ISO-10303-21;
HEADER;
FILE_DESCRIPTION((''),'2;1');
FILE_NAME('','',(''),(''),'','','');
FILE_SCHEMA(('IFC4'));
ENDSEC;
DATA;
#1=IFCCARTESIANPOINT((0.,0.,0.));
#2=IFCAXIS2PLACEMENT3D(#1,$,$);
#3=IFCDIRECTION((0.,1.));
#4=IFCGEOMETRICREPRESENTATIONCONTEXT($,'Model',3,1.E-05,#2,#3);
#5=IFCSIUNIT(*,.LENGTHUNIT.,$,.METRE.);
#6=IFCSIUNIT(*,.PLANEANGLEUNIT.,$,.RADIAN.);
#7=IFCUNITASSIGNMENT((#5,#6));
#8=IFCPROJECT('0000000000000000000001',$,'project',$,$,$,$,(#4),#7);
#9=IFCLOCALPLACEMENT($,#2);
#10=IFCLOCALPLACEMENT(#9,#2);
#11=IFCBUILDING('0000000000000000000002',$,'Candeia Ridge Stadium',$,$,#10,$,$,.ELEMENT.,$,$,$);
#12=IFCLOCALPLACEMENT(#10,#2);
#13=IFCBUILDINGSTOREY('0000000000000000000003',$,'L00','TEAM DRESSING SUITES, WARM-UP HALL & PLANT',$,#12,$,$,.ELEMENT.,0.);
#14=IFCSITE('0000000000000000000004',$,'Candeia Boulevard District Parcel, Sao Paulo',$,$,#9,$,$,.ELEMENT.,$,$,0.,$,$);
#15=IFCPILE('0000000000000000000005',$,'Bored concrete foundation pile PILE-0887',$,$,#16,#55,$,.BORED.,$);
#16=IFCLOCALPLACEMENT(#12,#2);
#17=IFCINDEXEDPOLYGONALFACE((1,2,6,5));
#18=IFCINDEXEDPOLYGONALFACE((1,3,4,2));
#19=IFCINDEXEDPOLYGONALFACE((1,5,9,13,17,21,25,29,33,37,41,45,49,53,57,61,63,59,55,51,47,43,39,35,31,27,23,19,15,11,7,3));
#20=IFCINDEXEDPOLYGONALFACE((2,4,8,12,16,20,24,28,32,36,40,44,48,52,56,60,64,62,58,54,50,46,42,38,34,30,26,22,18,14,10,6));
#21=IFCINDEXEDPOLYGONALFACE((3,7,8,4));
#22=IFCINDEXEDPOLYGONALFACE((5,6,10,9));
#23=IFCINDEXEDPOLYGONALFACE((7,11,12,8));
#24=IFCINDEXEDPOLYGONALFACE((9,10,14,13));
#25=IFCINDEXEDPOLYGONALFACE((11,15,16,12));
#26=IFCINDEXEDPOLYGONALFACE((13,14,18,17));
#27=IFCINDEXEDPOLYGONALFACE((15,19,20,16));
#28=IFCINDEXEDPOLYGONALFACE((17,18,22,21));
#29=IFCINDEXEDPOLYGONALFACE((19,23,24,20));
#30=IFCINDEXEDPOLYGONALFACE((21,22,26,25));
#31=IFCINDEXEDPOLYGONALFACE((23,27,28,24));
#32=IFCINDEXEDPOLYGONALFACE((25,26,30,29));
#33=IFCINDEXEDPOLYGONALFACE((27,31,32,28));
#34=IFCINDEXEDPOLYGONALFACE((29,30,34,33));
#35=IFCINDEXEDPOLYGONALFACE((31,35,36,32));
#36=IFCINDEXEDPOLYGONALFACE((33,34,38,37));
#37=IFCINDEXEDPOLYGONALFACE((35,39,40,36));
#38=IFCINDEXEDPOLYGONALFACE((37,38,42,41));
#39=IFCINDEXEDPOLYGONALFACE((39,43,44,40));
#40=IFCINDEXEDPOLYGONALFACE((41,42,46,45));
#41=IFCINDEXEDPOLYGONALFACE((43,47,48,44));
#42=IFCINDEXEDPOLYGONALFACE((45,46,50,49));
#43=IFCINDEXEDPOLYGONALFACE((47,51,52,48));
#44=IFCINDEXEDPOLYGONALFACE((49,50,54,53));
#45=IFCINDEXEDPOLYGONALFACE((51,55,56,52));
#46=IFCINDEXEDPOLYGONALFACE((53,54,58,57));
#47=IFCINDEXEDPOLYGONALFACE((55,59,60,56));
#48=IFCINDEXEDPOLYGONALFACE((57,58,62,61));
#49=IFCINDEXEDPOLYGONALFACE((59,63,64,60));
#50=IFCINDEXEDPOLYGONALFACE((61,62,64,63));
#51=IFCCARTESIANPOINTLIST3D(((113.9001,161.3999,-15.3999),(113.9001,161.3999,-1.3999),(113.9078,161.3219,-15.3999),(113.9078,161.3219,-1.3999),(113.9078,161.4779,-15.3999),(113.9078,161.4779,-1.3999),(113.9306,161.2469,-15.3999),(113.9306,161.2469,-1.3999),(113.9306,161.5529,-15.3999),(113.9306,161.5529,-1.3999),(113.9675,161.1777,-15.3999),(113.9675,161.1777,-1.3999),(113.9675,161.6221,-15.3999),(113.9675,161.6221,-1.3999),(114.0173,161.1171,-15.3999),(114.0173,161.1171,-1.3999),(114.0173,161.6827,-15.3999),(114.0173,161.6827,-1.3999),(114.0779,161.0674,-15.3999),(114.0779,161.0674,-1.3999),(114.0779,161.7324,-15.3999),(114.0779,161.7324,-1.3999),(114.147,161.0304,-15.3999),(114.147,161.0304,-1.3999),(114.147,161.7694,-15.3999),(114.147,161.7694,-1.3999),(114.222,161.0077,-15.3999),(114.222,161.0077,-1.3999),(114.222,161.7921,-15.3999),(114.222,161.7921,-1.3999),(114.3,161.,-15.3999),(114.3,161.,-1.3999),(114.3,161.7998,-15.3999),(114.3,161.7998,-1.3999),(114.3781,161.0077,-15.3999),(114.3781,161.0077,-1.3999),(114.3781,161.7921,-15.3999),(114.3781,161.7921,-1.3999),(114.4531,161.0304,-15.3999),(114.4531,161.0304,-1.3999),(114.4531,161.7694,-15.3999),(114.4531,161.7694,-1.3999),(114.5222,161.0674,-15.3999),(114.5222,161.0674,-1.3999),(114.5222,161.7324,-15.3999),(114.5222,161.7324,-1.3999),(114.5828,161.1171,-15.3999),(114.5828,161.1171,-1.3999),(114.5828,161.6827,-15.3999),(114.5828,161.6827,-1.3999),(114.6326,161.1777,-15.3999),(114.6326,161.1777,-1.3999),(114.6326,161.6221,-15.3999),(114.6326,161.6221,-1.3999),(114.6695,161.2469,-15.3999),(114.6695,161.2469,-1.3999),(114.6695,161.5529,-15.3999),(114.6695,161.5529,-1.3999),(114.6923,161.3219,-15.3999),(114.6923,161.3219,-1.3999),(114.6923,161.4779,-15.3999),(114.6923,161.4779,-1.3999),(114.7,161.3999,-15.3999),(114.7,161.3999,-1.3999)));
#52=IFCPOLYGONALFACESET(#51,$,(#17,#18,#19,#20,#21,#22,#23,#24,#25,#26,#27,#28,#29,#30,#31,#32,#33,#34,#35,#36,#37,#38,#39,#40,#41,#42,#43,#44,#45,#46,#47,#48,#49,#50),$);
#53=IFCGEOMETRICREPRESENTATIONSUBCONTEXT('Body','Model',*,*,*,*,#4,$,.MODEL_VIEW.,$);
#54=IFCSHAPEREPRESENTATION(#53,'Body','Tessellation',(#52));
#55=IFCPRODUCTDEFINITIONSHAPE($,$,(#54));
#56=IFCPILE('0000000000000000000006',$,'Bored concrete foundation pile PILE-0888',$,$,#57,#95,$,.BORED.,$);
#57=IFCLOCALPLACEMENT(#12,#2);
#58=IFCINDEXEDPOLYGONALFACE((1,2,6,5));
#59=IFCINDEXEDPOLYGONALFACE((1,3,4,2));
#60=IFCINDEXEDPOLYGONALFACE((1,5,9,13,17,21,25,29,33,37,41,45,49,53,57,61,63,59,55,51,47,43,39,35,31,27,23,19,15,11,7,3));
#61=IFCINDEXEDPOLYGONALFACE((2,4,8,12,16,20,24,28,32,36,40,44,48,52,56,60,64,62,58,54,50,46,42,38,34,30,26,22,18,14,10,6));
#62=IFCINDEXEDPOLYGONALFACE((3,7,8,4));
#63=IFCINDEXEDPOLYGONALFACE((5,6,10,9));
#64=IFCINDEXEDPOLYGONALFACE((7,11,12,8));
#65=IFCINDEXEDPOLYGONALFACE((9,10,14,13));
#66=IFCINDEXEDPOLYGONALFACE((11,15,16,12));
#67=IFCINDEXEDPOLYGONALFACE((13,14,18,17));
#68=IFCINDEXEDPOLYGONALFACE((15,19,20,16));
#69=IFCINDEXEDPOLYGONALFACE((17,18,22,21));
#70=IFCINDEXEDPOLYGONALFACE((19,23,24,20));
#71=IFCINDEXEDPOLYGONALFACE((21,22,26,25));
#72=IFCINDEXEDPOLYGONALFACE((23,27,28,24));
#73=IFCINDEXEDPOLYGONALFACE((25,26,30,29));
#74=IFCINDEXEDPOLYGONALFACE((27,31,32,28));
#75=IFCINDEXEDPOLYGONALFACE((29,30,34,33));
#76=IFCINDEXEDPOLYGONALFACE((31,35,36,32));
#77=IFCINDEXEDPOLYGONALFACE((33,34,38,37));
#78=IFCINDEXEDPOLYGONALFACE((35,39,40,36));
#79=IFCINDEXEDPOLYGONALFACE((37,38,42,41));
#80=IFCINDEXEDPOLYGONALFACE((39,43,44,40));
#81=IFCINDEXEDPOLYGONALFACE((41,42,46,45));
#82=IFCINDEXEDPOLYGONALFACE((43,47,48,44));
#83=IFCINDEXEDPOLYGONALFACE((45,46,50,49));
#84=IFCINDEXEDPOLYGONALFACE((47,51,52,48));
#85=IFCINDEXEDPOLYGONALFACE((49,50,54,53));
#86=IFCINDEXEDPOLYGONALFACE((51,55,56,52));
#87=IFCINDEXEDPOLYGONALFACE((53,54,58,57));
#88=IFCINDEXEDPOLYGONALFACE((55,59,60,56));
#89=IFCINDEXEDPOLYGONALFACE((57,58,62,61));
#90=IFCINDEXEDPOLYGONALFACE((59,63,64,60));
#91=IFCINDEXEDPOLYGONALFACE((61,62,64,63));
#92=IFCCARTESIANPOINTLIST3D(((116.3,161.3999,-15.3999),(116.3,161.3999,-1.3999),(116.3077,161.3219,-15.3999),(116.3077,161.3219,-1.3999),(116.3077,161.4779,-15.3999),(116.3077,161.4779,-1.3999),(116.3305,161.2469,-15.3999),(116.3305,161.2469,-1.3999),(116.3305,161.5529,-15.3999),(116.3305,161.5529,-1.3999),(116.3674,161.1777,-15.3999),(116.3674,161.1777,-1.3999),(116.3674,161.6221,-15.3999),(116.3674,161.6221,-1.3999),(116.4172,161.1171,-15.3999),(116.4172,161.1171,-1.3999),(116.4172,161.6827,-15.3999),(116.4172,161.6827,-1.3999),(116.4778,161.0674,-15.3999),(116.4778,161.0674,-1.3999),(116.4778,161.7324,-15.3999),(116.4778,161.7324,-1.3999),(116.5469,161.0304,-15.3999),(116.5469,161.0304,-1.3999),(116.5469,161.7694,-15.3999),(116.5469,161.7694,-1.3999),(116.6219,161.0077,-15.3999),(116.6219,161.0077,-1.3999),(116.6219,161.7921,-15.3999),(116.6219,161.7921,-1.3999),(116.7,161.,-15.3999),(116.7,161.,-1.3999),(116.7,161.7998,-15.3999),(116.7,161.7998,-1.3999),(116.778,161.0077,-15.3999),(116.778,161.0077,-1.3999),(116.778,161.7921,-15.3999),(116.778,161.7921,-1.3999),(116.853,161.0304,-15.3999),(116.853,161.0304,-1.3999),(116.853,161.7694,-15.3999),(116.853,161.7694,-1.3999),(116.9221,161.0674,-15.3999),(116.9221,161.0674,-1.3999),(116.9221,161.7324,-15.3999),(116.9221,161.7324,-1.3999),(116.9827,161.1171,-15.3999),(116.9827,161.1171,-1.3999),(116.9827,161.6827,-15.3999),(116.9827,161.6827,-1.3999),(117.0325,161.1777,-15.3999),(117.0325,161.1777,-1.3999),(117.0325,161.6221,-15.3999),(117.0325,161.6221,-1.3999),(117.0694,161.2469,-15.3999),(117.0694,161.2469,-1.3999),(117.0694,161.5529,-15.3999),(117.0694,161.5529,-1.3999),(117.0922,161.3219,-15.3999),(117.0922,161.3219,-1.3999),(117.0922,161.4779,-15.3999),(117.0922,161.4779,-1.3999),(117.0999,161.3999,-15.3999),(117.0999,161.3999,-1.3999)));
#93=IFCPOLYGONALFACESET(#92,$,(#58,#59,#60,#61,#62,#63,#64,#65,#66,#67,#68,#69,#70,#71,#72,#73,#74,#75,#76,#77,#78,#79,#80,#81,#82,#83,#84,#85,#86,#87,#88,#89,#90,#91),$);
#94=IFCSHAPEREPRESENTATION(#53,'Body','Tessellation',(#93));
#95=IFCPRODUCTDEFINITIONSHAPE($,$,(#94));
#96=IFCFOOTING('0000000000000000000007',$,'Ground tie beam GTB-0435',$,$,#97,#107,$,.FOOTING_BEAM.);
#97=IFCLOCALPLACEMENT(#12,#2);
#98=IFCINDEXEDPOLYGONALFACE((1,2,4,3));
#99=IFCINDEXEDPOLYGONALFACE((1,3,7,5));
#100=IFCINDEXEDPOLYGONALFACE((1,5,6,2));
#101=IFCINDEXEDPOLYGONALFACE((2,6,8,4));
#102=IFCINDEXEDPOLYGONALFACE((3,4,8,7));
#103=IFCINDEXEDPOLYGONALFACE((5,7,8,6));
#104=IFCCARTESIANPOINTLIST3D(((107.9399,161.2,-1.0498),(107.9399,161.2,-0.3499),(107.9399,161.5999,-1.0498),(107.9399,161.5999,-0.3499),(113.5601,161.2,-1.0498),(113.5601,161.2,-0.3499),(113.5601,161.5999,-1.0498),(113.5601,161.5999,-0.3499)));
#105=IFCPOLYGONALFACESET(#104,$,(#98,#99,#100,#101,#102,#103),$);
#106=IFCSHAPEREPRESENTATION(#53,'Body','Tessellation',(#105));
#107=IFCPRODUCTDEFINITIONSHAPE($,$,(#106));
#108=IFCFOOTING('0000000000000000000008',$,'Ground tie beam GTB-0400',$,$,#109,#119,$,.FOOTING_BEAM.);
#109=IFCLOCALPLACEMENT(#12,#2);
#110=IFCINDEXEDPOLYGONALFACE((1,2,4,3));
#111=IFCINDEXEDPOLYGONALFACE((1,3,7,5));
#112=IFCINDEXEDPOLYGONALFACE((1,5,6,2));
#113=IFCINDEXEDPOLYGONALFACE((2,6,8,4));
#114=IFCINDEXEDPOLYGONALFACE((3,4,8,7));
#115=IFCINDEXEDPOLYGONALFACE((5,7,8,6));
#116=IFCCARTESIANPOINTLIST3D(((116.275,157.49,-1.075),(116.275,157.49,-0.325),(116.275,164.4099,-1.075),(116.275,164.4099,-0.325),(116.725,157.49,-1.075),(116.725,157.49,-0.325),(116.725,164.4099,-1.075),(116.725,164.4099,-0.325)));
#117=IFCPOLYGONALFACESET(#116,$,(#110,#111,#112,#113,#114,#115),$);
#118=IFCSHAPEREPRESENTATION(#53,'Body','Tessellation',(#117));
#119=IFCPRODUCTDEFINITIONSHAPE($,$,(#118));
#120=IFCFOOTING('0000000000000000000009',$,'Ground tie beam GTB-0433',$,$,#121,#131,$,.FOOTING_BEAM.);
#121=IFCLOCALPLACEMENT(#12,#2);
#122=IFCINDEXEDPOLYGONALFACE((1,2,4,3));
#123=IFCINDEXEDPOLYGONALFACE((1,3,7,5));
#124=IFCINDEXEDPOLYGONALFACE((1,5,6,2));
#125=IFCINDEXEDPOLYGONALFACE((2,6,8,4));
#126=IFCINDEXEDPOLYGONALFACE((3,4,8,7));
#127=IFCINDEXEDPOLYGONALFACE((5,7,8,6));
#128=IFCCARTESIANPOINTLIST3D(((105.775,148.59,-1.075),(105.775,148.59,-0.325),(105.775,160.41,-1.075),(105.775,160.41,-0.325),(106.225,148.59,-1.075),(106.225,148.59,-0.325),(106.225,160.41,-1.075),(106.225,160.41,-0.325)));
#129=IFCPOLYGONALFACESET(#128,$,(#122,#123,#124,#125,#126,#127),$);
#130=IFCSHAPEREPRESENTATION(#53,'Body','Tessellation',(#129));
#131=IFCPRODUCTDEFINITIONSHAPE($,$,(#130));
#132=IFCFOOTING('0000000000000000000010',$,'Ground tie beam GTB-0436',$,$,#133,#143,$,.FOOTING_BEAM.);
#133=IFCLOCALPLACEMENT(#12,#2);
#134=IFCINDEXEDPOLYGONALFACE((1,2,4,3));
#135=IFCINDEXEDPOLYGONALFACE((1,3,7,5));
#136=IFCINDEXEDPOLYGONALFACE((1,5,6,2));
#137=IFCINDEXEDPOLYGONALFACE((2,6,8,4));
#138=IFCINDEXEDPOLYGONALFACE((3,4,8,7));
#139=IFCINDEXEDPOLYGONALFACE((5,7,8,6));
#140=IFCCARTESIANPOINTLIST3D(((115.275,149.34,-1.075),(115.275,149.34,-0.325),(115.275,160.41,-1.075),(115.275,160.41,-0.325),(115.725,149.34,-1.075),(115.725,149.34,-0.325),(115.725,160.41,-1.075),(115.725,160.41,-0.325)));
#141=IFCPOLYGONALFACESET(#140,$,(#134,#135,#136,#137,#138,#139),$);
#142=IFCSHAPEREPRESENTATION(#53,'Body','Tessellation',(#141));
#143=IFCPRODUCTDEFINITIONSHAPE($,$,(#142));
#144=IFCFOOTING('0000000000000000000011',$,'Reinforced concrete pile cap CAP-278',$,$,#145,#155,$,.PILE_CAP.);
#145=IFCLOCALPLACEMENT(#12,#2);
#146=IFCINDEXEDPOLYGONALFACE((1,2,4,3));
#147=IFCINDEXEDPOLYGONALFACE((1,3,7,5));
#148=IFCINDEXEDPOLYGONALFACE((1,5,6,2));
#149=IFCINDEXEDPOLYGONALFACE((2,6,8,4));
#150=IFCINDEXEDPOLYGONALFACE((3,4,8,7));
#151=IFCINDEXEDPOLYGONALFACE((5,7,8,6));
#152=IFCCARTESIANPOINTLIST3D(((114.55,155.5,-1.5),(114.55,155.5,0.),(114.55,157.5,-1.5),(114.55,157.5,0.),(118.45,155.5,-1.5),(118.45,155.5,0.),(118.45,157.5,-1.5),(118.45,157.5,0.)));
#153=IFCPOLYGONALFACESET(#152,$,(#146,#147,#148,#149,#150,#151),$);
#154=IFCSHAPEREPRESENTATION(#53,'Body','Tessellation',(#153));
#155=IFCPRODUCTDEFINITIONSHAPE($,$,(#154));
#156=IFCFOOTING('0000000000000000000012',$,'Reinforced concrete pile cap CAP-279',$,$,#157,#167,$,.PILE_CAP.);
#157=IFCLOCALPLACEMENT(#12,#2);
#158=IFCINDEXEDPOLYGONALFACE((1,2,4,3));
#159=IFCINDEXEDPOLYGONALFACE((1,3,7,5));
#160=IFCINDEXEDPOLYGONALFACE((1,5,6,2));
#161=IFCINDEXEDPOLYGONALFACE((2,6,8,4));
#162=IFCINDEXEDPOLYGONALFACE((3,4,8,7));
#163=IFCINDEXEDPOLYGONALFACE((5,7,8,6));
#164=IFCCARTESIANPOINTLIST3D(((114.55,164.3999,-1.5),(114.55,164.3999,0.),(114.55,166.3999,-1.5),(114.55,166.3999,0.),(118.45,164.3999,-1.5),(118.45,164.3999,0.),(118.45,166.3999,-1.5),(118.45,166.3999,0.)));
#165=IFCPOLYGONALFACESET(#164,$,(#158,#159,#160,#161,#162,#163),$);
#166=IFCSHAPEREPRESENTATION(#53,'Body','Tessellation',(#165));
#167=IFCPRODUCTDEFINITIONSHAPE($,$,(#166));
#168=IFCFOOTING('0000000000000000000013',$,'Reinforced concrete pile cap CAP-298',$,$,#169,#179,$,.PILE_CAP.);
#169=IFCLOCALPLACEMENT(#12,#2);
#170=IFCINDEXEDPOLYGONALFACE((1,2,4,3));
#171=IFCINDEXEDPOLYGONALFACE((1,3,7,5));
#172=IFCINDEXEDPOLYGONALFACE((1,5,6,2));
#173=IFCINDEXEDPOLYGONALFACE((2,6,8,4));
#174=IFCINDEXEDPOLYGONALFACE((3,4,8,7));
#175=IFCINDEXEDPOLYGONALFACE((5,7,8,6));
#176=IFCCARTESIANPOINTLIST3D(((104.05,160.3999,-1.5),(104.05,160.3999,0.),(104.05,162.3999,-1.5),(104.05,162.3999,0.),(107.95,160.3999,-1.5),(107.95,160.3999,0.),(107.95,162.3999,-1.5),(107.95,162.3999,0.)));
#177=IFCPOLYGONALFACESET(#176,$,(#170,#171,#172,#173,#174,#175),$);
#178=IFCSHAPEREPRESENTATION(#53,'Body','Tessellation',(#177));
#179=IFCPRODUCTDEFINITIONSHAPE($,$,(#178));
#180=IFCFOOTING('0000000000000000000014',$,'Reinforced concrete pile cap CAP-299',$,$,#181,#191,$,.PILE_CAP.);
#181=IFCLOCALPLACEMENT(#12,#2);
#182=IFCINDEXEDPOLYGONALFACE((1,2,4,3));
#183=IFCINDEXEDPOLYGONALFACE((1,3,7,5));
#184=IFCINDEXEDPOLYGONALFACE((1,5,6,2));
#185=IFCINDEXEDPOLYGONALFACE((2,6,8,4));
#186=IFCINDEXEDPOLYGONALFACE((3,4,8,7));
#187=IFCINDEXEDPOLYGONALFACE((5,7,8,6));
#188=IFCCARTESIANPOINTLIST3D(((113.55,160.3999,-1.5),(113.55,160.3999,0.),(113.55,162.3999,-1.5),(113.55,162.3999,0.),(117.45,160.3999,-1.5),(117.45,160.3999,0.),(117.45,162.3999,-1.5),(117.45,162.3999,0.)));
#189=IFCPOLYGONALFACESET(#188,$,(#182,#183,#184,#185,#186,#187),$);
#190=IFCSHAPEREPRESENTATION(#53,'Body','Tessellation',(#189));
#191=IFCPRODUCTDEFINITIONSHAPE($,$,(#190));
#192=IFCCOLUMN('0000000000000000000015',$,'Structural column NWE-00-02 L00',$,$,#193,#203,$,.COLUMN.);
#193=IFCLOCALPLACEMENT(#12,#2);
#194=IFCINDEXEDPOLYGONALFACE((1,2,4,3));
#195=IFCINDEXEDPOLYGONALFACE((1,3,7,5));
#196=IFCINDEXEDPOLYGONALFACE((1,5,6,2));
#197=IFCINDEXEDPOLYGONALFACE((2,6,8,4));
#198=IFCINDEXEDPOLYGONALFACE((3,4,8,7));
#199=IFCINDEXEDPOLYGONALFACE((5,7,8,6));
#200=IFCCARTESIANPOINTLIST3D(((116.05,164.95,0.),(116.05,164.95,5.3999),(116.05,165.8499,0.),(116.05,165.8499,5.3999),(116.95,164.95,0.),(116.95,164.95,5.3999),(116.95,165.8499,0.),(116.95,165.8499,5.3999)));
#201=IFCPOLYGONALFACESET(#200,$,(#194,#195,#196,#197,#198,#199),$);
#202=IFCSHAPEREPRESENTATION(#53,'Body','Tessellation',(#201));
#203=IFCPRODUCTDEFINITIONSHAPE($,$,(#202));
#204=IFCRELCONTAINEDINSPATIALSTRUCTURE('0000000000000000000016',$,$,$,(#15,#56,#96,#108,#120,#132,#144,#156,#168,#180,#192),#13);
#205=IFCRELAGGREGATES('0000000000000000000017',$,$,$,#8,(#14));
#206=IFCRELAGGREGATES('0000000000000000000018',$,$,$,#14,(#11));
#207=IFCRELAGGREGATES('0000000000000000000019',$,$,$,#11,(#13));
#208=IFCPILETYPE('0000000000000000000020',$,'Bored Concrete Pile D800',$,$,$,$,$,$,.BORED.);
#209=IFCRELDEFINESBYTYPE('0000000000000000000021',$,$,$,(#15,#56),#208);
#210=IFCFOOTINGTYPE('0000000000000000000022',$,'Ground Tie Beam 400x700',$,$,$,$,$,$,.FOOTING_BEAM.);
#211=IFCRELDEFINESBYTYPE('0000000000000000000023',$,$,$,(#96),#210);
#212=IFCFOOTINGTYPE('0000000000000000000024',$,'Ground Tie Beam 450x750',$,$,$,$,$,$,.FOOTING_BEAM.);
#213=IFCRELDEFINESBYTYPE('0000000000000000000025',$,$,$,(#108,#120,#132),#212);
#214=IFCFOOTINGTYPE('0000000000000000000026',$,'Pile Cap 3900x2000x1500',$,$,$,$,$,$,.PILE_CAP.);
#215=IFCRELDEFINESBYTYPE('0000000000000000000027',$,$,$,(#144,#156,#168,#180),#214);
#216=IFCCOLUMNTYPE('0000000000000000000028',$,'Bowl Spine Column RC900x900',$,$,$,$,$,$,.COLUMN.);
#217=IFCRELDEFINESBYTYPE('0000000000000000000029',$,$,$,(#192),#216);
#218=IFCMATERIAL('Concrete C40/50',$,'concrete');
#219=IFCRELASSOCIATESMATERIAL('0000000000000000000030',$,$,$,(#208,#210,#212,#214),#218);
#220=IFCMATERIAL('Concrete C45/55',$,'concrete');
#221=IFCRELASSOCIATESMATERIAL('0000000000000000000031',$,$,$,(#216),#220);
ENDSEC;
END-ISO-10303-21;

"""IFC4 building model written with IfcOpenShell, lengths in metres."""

from ifc_helpers import new_model, si_unit, direction, frame, origin, origin_2d, place, context, subcontext, project, spatial, rectangle, circle, extrude, material, material_profile, profile_set, type_object, element, save


model = new_model("IFC4")

# Units and contexts
model_context = context("Model", 3, precision=1e-05, world=origin(), true_north=direction((0.0, 1.0)))
body_context = subcontext(model_context, "Body", "Model", "MODEL_VIEW")
ifc_project = project(units=[si_unit("LENGTHUNIT", "METRE"), si_unit("PLANEANGLEUNIT", "RADIAN")], contexts=[model_context])

# Site, building, storey
site_placement = place(None, origin())
site = spatial("IfcSite", under=ifc_project, at=site_placement, Name="Candeia Boulevard District Parcel, Sao Paulo", CompositionType="ELEMENT", RefElevation=0.0)
building_placement = place(site_placement, origin())
building = spatial("IfcBuilding", under=site, at=building_placement, Name="Candeia Ridge Stadium", CompositionType="ELEMENT")
storey_placement = place(building_placement, origin())
storey = spatial("IfcBuildingStorey", under=building, at=storey_placement, Name="L00", Description="TEAM DRESSING SUITES, WARM-UP HALL & PLANT", CompositionType="ELEMENT", Elevation=0.0)

# Piles
ifc_material_1 = material(Name="Concrete C40/50", Category="concrete")
ifc_material_profile_1 = material_profile(ifc_material_1, circle(Radius=0.3999, at=origin_2d()), Name="PILE-D800", Category="concrete")
ifc_profile_set_1 = profile_set([ifc_material_profile_1], Name="Concrete C40/50")
pile_type = type_object("IfcPileType", Name="Bored Concrete Pile D800", PredefinedType="BORED", material=ifc_profile_set_1)
for number, where, z_axis, x_axis, name in (
    (1, (114.3, 161.3999, -1.3999), (0.0, 0.0, -1.0), (1.0, 0.0, 0.0), "Bored concrete foundation pile PILE-0887"),
    (2, (116.7, 161.3999, -1.3999), (0.0, 0.0, -1.0), (1.0, 0.0, 0.0), "Bored concrete foundation pile PILE-0888"),
):
    element("IfcPile", number, at=place(storey_placement, frame(where, z_axis=z_axis, x_axis=x_axis)), inside=storey, type_object=pile_type, Name=name, PredefinedType="BORED", context=body_context, shape_type="SweptSolid", body=[
        extrude(circle(Radius=0.3999, at=origin_2d()), origin(), (0.0, 0.0, 1.0), 14.0),
    ])

# Footings
footing_type_1 = type_object("IfcFootingType", Name="Ground Tie Beam 400x700", PredefinedType="FOOTING_BEAM", material=ifc_material_1)
footing_1_placement = place(storey_placement, frame((110.75, 161.3999, -1.0498), z_axis=(0.0, 0.0, 1.0), x_axis=(1.0, 0.0, 0.0)))
element("IfcFooting", 3, at=footing_1_placement, inside=storey, type_object=footing_type_1, Name="Ground tie beam GTB-0435", PredefinedType="FOOTING_BEAM", context=body_context, shape_type="SweptSolid", body=[
    extrude(rectangle(XDim=5.6201, YDim=0.3999, at=origin_2d()), origin(), (0.0, 0.0, 1.0), 0.7),
])
footing_type_2 = type_object("IfcFootingType", Name="Ground Tie Beam 450x750", PredefinedType="FOOTING_BEAM", material=ifc_material_1)
footing_2_placement = place(storey_placement, frame((116.5, 160.95, -1.075), z_axis=(0.0, 0.0, 1.0), x_axis=(0.0, 1.0, 0.0)))
element("IfcFooting", 4, at=footing_2_placement, inside=storey, type_object=footing_type_2, Name="Ground tie beam GTB-0400", PredefinedType="FOOTING_BEAM", context=body_context, shape_type="SweptSolid", body=[
    extrude(rectangle(XDim=6.9199, YDim=0.45, at=origin_2d()), origin(), (0.0, 0.0, 1.0), 0.75),
])
footing_3_placement = place(storey_placement, frame((106.0, 154.5, -1.075), z_axis=(0.0, 0.0, 1.0), x_axis=(0.0, 1.0, 0.0)))
element("IfcFooting", 5, at=footing_3_placement, inside=storey, type_object=footing_type_2, Name="Ground tie beam GTB-0433", PredefinedType="FOOTING_BEAM", context=body_context, shape_type="SweptSolid", body=[
    extrude(rectangle(XDim=11.8201, YDim=0.45, at=origin_2d()), origin(), (0.0, 0.0, 1.0), 0.75),
])
footing_4_placement = place(storey_placement, frame((115.5, 154.875, -1.075), z_axis=(0.0, 0.0, 1.0), x_axis=(0.0, 1.0, 0.0)))
element("IfcFooting", 6, at=footing_4_placement, inside=storey, type_object=footing_type_2, Name="Ground tie beam GTB-0436", PredefinedType="FOOTING_BEAM", context=body_context, shape_type="SweptSolid", body=[
    extrude(rectangle(XDim=11.0701, YDim=0.45, at=origin_2d()), origin(), (0.0, 0.0, 1.0), 0.75),
])
footing_type_3 = type_object("IfcFootingType", Name="Pile Cap 3900x2000x1500", PredefinedType="PILE_CAP", material=ifc_material_1)
for number, where, z_axis, x_axis, name in (
    (7, (116.5, 156.5, -1.5), (0.0, 0.0, 1.0), (1.0, 0.0, 0.0), "Reinforced concrete pile cap CAP-278"),
    (8, (116.5, 165.3999, -1.5), (0.0, 0.0, 1.0), (1.0, 0.0, 0.0), "Reinforced concrete pile cap CAP-279"),
    (9, (106.0, 161.3999, -1.5), (0.0, 0.0, 1.0), (1.0, 0.0, 0.0), "Reinforced concrete pile cap CAP-298"),
    (10, (115.5, 161.3999, -1.5), (0.0, 0.0, 1.0), (1.0, 0.0, 0.0), "Reinforced concrete pile cap CAP-299"),
):
    element("IfcFooting", number, at=place(storey_placement, frame(where, z_axis=z_axis, x_axis=x_axis)), inside=storey, type_object=footing_type_3, Name=name, PredefinedType="PILE_CAP", context=body_context, shape_type="SweptSolid", body=[
        extrude(rectangle(XDim=3.8999, YDim=2.0, at=origin_2d()), origin(), (0.0, 0.0, 1.0), 1.5),
    ])

# Column
ifc_material_2 = material(Name="Concrete C45/55", Category="concrete")
ifc_material_profile_2 = material_profile(ifc_material_2, rectangle(XDim=0.8999, YDim=0.8999, at=origin_2d()), Name="RC900x900", Category="concrete")
ifc_profile_set_2 = profile_set([ifc_material_profile_2], Name="Concrete C45/55")
column_type_1 = type_object("IfcColumnType", Name="Bowl Spine Column RC900x900", PredefinedType="COLUMN", material=ifc_profile_set_2)
for number, where, z_axis, x_axis, name in (
    (11, (116.5, 165.3999, 0.0), (0.0, 0.0, 1.0), (1.0, 0.0, 0.0), "Structural column NWE-00-02 L00"),
):
    element("IfcColumn", number, at=place(storey_placement, frame(where, z_axis=z_axis, x_axis=x_axis)), inside=storey, type_object=column_type_1, Name=name, PredefinedType="COLUMN", context=body_context, shape_type="SweptSolid", body=[
        extrude(rectangle(XDim=0.8999, YDim=0.8999, at=origin_2d()), origin(), (0.0, 0.0, 1.0), 5.3999),
    ])

save(model, "model.ifc")
